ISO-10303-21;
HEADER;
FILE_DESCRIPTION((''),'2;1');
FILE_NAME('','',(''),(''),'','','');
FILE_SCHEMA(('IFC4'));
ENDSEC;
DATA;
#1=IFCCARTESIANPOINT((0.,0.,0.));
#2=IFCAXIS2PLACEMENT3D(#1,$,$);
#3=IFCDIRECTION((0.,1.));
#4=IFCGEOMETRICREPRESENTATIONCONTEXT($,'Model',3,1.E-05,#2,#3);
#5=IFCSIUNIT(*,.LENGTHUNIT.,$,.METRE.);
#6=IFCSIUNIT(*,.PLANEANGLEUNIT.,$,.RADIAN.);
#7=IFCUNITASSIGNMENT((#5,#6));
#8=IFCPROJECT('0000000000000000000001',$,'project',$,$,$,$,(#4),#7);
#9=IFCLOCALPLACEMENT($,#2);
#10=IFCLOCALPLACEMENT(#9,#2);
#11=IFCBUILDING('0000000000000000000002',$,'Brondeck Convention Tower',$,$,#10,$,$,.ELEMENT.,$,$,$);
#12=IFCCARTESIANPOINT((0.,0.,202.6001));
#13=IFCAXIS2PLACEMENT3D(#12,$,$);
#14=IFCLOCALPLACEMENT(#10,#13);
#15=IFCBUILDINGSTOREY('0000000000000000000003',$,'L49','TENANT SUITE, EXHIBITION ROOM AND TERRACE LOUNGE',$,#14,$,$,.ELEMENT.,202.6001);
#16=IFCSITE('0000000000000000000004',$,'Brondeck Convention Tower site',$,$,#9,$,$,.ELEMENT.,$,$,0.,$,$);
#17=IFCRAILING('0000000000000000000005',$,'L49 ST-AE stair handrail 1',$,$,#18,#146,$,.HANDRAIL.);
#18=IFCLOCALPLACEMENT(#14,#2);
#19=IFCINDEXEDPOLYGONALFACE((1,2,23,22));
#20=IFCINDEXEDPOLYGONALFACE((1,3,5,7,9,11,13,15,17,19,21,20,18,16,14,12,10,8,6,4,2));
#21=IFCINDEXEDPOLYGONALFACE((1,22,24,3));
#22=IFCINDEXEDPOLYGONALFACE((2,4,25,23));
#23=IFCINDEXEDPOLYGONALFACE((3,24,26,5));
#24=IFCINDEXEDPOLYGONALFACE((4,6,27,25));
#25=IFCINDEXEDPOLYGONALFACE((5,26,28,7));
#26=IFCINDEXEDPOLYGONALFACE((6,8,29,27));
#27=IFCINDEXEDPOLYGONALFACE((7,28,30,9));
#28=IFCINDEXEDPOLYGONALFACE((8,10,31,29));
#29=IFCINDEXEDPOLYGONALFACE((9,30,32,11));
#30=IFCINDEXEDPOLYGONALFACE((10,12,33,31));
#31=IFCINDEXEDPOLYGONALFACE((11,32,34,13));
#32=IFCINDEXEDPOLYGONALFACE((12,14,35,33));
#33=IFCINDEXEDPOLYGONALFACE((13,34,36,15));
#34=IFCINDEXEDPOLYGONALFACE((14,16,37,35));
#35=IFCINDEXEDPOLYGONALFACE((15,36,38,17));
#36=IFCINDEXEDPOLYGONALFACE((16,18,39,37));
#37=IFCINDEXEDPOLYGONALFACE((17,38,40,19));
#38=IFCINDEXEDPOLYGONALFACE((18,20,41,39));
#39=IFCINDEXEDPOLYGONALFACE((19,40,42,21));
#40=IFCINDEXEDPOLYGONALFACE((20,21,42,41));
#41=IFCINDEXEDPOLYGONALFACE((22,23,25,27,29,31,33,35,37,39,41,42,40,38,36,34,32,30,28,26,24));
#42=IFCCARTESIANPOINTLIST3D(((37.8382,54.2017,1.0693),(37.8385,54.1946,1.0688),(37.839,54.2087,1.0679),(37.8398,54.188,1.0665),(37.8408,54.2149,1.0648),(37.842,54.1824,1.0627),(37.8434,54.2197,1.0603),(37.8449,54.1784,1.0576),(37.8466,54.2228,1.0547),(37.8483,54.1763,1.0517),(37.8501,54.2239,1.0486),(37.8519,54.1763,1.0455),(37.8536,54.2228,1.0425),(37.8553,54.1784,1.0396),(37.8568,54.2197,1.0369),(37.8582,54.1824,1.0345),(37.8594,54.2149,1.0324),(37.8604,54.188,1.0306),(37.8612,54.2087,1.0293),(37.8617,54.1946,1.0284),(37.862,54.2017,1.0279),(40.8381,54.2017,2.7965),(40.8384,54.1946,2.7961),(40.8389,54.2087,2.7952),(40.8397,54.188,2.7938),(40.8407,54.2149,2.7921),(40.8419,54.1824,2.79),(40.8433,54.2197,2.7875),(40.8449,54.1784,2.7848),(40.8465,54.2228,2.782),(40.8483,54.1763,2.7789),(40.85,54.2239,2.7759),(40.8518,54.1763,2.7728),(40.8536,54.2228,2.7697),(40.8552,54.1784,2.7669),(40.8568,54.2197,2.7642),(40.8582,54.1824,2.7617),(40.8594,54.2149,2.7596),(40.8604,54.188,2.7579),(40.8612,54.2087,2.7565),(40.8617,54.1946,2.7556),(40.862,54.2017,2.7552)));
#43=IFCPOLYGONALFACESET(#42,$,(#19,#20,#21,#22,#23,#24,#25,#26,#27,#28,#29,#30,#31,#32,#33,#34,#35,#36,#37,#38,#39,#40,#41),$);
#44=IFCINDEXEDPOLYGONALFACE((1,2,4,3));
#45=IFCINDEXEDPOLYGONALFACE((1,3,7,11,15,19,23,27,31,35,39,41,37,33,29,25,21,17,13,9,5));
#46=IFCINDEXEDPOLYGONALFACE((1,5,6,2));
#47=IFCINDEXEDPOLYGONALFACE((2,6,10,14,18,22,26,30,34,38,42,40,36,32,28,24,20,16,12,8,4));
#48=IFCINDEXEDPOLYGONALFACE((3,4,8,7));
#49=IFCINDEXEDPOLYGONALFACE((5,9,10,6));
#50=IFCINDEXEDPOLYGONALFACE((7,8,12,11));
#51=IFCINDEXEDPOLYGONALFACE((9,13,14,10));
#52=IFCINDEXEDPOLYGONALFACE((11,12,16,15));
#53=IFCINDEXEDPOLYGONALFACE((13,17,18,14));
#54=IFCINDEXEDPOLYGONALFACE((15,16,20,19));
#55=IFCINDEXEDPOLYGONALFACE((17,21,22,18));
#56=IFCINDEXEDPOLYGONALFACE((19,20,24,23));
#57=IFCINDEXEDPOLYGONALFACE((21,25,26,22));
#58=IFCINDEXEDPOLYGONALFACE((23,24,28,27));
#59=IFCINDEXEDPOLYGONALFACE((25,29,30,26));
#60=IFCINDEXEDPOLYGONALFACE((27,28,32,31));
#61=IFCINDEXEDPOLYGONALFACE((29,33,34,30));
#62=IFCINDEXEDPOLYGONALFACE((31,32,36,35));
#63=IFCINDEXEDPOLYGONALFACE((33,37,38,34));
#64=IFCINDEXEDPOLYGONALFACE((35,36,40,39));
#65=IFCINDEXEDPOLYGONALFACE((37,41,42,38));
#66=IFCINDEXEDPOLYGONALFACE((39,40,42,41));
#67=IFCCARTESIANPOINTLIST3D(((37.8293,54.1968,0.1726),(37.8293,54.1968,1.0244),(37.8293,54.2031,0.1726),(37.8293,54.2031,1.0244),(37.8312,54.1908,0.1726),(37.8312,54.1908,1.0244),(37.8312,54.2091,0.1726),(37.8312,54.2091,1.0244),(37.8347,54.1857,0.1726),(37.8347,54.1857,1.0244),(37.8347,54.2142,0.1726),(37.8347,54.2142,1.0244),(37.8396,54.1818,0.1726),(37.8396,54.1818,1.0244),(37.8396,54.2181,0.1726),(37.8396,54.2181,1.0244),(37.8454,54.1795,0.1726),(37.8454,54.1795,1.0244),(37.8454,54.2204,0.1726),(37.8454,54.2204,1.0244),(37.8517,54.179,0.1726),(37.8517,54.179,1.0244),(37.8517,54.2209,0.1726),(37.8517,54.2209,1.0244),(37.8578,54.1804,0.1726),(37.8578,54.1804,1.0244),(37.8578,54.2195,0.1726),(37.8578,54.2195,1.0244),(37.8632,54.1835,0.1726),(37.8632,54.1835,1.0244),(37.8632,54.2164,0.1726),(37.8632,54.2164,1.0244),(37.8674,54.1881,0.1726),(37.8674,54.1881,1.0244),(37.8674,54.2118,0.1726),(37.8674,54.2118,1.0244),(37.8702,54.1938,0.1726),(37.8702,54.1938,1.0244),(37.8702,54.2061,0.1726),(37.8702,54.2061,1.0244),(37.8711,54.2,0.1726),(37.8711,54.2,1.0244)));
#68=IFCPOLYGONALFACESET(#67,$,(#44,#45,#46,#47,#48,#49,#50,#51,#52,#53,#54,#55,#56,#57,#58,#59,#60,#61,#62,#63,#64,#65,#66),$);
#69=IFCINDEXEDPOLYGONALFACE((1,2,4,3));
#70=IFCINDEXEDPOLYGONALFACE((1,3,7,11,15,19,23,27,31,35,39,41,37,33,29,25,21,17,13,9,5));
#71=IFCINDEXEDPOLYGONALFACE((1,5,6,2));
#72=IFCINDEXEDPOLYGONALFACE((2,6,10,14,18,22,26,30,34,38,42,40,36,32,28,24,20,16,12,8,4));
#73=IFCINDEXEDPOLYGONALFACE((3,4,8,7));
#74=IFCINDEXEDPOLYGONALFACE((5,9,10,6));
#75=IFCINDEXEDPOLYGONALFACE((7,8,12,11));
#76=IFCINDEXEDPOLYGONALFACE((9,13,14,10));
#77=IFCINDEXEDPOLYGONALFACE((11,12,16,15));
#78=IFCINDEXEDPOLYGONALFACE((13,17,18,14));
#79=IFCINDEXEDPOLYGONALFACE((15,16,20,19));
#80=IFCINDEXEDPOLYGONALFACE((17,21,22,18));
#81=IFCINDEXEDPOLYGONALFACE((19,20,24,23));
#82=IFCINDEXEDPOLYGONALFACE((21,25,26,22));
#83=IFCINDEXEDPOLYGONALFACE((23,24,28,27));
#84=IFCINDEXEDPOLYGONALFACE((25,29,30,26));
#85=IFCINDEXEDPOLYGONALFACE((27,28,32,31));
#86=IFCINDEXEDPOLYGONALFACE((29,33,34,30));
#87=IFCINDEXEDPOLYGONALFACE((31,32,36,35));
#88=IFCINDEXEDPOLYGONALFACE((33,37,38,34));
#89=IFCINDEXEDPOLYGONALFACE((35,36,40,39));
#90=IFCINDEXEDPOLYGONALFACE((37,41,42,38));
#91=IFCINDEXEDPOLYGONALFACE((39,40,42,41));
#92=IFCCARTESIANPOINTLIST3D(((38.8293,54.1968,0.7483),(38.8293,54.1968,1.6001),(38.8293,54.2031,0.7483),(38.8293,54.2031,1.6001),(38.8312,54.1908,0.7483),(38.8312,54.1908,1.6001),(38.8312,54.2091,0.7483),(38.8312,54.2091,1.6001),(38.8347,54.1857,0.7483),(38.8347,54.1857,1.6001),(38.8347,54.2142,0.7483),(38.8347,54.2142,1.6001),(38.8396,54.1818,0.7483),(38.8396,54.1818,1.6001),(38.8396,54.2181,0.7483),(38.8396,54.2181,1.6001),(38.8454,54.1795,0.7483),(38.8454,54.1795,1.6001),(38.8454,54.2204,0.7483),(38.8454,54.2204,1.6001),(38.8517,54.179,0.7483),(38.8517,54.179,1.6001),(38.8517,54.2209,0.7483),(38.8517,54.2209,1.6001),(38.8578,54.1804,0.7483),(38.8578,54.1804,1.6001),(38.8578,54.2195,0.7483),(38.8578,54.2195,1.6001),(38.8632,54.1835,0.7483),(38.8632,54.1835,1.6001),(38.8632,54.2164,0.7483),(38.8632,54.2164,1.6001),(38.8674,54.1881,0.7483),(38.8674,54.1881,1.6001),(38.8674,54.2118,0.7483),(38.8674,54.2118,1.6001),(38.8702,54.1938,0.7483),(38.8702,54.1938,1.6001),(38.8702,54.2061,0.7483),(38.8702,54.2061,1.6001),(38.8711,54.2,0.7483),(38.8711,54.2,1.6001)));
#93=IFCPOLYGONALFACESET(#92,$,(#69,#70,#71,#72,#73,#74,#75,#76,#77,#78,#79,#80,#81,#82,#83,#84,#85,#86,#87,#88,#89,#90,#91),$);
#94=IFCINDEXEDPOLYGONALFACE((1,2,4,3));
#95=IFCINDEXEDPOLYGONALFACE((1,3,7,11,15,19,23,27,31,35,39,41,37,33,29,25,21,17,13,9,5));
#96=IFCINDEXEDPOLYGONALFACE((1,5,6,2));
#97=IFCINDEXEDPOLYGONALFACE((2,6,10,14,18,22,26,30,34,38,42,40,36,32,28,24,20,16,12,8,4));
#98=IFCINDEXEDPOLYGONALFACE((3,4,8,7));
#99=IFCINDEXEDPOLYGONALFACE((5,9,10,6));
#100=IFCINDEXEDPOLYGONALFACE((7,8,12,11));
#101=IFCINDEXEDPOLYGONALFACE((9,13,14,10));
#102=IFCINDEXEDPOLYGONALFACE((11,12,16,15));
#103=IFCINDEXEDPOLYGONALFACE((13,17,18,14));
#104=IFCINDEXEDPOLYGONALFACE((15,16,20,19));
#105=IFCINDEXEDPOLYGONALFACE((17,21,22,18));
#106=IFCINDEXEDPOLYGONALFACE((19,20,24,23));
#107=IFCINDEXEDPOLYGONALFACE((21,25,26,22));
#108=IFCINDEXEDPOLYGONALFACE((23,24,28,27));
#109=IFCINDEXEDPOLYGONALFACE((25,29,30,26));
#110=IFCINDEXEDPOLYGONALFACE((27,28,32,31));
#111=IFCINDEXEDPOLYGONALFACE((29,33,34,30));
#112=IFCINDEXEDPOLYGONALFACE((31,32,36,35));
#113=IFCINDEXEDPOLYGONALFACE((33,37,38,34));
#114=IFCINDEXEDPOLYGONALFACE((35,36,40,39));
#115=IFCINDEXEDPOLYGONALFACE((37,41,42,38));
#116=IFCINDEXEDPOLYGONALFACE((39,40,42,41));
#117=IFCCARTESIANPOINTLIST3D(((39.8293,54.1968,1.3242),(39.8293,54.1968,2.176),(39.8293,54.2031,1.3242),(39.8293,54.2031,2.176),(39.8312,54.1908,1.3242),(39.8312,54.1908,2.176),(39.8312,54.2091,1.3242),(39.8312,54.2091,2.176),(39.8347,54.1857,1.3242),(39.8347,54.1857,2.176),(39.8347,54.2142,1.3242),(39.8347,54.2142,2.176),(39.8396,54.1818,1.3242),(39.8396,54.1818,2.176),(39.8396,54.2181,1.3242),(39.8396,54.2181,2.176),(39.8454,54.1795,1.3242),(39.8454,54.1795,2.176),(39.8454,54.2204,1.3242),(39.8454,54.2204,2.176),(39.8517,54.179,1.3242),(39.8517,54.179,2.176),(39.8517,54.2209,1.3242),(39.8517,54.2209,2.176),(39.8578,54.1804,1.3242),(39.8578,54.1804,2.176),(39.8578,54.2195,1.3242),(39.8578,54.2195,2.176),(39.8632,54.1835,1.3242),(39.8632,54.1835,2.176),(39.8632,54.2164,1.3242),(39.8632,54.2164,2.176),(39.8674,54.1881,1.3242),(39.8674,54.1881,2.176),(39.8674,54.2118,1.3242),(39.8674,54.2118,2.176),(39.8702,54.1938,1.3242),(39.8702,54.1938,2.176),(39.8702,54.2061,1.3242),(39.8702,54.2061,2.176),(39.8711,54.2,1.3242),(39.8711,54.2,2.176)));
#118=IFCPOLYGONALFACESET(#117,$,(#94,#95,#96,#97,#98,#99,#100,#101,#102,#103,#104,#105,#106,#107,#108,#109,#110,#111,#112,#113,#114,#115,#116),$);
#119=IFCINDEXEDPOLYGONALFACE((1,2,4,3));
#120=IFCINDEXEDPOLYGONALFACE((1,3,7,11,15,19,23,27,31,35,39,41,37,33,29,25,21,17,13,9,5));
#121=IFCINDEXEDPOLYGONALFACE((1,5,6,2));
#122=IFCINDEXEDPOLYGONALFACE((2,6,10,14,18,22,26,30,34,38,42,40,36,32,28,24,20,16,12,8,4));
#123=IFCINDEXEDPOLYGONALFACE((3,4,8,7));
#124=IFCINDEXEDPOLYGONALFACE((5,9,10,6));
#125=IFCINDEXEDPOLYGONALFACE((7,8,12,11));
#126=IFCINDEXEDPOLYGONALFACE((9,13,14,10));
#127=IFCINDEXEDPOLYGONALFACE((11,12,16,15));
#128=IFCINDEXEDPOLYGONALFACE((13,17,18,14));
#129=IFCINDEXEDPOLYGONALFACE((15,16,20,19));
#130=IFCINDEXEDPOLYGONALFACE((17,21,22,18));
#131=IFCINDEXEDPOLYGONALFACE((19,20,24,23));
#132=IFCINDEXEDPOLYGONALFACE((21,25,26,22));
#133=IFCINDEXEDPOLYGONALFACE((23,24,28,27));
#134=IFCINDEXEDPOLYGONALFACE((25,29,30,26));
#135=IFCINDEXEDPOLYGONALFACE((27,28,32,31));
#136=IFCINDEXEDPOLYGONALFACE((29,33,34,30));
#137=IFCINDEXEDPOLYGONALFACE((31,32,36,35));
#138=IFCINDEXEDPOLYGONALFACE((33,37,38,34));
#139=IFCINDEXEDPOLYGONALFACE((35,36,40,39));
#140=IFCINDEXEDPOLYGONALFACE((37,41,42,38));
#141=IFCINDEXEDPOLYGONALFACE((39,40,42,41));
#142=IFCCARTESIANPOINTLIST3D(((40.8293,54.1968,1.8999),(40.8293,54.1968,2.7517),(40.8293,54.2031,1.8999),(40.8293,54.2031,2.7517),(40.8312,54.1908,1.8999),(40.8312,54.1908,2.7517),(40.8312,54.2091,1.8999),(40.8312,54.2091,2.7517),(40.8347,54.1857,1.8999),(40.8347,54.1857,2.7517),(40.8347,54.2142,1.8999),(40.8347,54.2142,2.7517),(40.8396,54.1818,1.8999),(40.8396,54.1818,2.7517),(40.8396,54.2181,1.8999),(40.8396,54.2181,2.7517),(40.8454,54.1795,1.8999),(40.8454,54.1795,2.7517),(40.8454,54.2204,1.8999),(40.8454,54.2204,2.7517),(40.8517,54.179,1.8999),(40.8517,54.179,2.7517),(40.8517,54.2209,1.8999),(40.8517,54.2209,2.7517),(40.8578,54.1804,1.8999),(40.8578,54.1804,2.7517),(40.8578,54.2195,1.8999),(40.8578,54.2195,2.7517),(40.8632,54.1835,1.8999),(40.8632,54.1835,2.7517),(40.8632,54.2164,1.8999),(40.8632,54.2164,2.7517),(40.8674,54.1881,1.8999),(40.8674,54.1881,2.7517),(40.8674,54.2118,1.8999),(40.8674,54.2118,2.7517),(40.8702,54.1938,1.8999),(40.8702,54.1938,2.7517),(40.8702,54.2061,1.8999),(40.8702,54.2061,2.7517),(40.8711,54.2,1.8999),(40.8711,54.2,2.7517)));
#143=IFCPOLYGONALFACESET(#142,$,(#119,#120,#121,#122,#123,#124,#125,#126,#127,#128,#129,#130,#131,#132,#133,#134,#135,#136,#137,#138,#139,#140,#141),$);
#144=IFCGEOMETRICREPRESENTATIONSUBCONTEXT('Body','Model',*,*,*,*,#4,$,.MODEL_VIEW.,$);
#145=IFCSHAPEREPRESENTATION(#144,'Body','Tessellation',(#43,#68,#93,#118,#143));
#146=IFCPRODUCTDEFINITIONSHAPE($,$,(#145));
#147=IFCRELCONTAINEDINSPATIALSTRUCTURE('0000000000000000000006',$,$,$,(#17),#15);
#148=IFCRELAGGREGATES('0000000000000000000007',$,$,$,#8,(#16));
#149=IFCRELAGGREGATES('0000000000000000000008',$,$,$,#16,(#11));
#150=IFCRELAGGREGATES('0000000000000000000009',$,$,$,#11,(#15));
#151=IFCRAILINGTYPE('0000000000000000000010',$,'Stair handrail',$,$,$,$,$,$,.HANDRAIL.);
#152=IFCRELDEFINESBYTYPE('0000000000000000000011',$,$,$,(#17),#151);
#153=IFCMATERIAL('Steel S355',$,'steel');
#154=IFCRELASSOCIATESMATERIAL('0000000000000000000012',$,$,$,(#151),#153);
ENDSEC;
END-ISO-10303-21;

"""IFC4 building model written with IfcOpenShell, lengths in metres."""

from ifc_helpers import new_model, si_unit, direction, frame, origin, origin_2d, place, context, subcontext, project, spatial, circle, extrude, material, type_object, element, save


model = new_model("IFC4")

# Units and contexts
model_context = context("Model", 3, precision=1e-05, world=origin(), true_north=direction((0.0, 1.0)))
body_context = subcontext(model_context, "Body", "Model", "MODEL_VIEW")
ifc_project = project(units=[si_unit("LENGTHUNIT", "METRE"), si_unit("PLANEANGLEUNIT", "RADIAN")], contexts=[model_context])

# Site, building, storey
site_placement = place(None, origin())
site = spatial("IfcSite", under=ifc_project, at=site_placement, Name="Brondeck Convention Tower site", CompositionType="ELEMENT", RefElevation=0.0)
building_placement = place(site_placement, origin())
building = spatial("IfcBuilding", under=site, at=building_placement, Name="Brondeck Convention Tower", CompositionType="ELEMENT")
storey_placement = place(building_placement, frame((0.0, 0.0, 202.6001)))
storey = spatial("IfcBuildingStorey", under=building, at=storey_placement, Name="L49", Description="TENANT SUITE, EXHIBITION ROOM AND TERRACE LOUNGE", CompositionType="ELEMENT", Elevation=202.6001)

# Shared definitions
ifc_material_1 = material(Name="Steel S355", Category="steel")

# Railing
railing_type = type_object("IfcRailingType", Name="Stair handrail", PredefinedType="HANDRAIL", material=ifc_material_1)
railing_placement = place(storey_placement, frame((37.8501, 54.2, 0.1726)))
element("IfcRailing", 1, at=railing_placement, inside=storey, type_object=railing_type, Name="L49 ST-AE stair handrail 1", PredefinedType="HANDRAIL", context=body_context, shape_type="SweptSolid", body=[
    extrude(circle(Radius=0.0239, at=origin_2d()), frame((0.0, 0.0, 0.876), z_axis=(0.86662, 0.0, 0.498969), x_axis=(0.0, 1.0, 0.0)), (0.0, 0.0, 1.0), 3.4617),
    extrude(circle(Radius=0.021, at=origin_2d()), origin(), (0.0, 0.0, 1.0), 0.8518),
    extrude(circle(Radius=0.021, at=origin_2d()), frame((1.0, 0.0, 0.5757)), (0.0, 0.0, 1.0), 0.8518),
    extrude(circle(Radius=0.021, at=origin_2d()), frame((2.0, 0.0, 1.1516)), (0.0, 0.0, 1.0), 0.8518),
    extrude(circle(Radius=0.021, at=origin_2d()), frame((3.0, 0.0, 1.7273)), (0.0, 0.0, 1.0), 0.8518),
])

save(model, "model.ifc")
